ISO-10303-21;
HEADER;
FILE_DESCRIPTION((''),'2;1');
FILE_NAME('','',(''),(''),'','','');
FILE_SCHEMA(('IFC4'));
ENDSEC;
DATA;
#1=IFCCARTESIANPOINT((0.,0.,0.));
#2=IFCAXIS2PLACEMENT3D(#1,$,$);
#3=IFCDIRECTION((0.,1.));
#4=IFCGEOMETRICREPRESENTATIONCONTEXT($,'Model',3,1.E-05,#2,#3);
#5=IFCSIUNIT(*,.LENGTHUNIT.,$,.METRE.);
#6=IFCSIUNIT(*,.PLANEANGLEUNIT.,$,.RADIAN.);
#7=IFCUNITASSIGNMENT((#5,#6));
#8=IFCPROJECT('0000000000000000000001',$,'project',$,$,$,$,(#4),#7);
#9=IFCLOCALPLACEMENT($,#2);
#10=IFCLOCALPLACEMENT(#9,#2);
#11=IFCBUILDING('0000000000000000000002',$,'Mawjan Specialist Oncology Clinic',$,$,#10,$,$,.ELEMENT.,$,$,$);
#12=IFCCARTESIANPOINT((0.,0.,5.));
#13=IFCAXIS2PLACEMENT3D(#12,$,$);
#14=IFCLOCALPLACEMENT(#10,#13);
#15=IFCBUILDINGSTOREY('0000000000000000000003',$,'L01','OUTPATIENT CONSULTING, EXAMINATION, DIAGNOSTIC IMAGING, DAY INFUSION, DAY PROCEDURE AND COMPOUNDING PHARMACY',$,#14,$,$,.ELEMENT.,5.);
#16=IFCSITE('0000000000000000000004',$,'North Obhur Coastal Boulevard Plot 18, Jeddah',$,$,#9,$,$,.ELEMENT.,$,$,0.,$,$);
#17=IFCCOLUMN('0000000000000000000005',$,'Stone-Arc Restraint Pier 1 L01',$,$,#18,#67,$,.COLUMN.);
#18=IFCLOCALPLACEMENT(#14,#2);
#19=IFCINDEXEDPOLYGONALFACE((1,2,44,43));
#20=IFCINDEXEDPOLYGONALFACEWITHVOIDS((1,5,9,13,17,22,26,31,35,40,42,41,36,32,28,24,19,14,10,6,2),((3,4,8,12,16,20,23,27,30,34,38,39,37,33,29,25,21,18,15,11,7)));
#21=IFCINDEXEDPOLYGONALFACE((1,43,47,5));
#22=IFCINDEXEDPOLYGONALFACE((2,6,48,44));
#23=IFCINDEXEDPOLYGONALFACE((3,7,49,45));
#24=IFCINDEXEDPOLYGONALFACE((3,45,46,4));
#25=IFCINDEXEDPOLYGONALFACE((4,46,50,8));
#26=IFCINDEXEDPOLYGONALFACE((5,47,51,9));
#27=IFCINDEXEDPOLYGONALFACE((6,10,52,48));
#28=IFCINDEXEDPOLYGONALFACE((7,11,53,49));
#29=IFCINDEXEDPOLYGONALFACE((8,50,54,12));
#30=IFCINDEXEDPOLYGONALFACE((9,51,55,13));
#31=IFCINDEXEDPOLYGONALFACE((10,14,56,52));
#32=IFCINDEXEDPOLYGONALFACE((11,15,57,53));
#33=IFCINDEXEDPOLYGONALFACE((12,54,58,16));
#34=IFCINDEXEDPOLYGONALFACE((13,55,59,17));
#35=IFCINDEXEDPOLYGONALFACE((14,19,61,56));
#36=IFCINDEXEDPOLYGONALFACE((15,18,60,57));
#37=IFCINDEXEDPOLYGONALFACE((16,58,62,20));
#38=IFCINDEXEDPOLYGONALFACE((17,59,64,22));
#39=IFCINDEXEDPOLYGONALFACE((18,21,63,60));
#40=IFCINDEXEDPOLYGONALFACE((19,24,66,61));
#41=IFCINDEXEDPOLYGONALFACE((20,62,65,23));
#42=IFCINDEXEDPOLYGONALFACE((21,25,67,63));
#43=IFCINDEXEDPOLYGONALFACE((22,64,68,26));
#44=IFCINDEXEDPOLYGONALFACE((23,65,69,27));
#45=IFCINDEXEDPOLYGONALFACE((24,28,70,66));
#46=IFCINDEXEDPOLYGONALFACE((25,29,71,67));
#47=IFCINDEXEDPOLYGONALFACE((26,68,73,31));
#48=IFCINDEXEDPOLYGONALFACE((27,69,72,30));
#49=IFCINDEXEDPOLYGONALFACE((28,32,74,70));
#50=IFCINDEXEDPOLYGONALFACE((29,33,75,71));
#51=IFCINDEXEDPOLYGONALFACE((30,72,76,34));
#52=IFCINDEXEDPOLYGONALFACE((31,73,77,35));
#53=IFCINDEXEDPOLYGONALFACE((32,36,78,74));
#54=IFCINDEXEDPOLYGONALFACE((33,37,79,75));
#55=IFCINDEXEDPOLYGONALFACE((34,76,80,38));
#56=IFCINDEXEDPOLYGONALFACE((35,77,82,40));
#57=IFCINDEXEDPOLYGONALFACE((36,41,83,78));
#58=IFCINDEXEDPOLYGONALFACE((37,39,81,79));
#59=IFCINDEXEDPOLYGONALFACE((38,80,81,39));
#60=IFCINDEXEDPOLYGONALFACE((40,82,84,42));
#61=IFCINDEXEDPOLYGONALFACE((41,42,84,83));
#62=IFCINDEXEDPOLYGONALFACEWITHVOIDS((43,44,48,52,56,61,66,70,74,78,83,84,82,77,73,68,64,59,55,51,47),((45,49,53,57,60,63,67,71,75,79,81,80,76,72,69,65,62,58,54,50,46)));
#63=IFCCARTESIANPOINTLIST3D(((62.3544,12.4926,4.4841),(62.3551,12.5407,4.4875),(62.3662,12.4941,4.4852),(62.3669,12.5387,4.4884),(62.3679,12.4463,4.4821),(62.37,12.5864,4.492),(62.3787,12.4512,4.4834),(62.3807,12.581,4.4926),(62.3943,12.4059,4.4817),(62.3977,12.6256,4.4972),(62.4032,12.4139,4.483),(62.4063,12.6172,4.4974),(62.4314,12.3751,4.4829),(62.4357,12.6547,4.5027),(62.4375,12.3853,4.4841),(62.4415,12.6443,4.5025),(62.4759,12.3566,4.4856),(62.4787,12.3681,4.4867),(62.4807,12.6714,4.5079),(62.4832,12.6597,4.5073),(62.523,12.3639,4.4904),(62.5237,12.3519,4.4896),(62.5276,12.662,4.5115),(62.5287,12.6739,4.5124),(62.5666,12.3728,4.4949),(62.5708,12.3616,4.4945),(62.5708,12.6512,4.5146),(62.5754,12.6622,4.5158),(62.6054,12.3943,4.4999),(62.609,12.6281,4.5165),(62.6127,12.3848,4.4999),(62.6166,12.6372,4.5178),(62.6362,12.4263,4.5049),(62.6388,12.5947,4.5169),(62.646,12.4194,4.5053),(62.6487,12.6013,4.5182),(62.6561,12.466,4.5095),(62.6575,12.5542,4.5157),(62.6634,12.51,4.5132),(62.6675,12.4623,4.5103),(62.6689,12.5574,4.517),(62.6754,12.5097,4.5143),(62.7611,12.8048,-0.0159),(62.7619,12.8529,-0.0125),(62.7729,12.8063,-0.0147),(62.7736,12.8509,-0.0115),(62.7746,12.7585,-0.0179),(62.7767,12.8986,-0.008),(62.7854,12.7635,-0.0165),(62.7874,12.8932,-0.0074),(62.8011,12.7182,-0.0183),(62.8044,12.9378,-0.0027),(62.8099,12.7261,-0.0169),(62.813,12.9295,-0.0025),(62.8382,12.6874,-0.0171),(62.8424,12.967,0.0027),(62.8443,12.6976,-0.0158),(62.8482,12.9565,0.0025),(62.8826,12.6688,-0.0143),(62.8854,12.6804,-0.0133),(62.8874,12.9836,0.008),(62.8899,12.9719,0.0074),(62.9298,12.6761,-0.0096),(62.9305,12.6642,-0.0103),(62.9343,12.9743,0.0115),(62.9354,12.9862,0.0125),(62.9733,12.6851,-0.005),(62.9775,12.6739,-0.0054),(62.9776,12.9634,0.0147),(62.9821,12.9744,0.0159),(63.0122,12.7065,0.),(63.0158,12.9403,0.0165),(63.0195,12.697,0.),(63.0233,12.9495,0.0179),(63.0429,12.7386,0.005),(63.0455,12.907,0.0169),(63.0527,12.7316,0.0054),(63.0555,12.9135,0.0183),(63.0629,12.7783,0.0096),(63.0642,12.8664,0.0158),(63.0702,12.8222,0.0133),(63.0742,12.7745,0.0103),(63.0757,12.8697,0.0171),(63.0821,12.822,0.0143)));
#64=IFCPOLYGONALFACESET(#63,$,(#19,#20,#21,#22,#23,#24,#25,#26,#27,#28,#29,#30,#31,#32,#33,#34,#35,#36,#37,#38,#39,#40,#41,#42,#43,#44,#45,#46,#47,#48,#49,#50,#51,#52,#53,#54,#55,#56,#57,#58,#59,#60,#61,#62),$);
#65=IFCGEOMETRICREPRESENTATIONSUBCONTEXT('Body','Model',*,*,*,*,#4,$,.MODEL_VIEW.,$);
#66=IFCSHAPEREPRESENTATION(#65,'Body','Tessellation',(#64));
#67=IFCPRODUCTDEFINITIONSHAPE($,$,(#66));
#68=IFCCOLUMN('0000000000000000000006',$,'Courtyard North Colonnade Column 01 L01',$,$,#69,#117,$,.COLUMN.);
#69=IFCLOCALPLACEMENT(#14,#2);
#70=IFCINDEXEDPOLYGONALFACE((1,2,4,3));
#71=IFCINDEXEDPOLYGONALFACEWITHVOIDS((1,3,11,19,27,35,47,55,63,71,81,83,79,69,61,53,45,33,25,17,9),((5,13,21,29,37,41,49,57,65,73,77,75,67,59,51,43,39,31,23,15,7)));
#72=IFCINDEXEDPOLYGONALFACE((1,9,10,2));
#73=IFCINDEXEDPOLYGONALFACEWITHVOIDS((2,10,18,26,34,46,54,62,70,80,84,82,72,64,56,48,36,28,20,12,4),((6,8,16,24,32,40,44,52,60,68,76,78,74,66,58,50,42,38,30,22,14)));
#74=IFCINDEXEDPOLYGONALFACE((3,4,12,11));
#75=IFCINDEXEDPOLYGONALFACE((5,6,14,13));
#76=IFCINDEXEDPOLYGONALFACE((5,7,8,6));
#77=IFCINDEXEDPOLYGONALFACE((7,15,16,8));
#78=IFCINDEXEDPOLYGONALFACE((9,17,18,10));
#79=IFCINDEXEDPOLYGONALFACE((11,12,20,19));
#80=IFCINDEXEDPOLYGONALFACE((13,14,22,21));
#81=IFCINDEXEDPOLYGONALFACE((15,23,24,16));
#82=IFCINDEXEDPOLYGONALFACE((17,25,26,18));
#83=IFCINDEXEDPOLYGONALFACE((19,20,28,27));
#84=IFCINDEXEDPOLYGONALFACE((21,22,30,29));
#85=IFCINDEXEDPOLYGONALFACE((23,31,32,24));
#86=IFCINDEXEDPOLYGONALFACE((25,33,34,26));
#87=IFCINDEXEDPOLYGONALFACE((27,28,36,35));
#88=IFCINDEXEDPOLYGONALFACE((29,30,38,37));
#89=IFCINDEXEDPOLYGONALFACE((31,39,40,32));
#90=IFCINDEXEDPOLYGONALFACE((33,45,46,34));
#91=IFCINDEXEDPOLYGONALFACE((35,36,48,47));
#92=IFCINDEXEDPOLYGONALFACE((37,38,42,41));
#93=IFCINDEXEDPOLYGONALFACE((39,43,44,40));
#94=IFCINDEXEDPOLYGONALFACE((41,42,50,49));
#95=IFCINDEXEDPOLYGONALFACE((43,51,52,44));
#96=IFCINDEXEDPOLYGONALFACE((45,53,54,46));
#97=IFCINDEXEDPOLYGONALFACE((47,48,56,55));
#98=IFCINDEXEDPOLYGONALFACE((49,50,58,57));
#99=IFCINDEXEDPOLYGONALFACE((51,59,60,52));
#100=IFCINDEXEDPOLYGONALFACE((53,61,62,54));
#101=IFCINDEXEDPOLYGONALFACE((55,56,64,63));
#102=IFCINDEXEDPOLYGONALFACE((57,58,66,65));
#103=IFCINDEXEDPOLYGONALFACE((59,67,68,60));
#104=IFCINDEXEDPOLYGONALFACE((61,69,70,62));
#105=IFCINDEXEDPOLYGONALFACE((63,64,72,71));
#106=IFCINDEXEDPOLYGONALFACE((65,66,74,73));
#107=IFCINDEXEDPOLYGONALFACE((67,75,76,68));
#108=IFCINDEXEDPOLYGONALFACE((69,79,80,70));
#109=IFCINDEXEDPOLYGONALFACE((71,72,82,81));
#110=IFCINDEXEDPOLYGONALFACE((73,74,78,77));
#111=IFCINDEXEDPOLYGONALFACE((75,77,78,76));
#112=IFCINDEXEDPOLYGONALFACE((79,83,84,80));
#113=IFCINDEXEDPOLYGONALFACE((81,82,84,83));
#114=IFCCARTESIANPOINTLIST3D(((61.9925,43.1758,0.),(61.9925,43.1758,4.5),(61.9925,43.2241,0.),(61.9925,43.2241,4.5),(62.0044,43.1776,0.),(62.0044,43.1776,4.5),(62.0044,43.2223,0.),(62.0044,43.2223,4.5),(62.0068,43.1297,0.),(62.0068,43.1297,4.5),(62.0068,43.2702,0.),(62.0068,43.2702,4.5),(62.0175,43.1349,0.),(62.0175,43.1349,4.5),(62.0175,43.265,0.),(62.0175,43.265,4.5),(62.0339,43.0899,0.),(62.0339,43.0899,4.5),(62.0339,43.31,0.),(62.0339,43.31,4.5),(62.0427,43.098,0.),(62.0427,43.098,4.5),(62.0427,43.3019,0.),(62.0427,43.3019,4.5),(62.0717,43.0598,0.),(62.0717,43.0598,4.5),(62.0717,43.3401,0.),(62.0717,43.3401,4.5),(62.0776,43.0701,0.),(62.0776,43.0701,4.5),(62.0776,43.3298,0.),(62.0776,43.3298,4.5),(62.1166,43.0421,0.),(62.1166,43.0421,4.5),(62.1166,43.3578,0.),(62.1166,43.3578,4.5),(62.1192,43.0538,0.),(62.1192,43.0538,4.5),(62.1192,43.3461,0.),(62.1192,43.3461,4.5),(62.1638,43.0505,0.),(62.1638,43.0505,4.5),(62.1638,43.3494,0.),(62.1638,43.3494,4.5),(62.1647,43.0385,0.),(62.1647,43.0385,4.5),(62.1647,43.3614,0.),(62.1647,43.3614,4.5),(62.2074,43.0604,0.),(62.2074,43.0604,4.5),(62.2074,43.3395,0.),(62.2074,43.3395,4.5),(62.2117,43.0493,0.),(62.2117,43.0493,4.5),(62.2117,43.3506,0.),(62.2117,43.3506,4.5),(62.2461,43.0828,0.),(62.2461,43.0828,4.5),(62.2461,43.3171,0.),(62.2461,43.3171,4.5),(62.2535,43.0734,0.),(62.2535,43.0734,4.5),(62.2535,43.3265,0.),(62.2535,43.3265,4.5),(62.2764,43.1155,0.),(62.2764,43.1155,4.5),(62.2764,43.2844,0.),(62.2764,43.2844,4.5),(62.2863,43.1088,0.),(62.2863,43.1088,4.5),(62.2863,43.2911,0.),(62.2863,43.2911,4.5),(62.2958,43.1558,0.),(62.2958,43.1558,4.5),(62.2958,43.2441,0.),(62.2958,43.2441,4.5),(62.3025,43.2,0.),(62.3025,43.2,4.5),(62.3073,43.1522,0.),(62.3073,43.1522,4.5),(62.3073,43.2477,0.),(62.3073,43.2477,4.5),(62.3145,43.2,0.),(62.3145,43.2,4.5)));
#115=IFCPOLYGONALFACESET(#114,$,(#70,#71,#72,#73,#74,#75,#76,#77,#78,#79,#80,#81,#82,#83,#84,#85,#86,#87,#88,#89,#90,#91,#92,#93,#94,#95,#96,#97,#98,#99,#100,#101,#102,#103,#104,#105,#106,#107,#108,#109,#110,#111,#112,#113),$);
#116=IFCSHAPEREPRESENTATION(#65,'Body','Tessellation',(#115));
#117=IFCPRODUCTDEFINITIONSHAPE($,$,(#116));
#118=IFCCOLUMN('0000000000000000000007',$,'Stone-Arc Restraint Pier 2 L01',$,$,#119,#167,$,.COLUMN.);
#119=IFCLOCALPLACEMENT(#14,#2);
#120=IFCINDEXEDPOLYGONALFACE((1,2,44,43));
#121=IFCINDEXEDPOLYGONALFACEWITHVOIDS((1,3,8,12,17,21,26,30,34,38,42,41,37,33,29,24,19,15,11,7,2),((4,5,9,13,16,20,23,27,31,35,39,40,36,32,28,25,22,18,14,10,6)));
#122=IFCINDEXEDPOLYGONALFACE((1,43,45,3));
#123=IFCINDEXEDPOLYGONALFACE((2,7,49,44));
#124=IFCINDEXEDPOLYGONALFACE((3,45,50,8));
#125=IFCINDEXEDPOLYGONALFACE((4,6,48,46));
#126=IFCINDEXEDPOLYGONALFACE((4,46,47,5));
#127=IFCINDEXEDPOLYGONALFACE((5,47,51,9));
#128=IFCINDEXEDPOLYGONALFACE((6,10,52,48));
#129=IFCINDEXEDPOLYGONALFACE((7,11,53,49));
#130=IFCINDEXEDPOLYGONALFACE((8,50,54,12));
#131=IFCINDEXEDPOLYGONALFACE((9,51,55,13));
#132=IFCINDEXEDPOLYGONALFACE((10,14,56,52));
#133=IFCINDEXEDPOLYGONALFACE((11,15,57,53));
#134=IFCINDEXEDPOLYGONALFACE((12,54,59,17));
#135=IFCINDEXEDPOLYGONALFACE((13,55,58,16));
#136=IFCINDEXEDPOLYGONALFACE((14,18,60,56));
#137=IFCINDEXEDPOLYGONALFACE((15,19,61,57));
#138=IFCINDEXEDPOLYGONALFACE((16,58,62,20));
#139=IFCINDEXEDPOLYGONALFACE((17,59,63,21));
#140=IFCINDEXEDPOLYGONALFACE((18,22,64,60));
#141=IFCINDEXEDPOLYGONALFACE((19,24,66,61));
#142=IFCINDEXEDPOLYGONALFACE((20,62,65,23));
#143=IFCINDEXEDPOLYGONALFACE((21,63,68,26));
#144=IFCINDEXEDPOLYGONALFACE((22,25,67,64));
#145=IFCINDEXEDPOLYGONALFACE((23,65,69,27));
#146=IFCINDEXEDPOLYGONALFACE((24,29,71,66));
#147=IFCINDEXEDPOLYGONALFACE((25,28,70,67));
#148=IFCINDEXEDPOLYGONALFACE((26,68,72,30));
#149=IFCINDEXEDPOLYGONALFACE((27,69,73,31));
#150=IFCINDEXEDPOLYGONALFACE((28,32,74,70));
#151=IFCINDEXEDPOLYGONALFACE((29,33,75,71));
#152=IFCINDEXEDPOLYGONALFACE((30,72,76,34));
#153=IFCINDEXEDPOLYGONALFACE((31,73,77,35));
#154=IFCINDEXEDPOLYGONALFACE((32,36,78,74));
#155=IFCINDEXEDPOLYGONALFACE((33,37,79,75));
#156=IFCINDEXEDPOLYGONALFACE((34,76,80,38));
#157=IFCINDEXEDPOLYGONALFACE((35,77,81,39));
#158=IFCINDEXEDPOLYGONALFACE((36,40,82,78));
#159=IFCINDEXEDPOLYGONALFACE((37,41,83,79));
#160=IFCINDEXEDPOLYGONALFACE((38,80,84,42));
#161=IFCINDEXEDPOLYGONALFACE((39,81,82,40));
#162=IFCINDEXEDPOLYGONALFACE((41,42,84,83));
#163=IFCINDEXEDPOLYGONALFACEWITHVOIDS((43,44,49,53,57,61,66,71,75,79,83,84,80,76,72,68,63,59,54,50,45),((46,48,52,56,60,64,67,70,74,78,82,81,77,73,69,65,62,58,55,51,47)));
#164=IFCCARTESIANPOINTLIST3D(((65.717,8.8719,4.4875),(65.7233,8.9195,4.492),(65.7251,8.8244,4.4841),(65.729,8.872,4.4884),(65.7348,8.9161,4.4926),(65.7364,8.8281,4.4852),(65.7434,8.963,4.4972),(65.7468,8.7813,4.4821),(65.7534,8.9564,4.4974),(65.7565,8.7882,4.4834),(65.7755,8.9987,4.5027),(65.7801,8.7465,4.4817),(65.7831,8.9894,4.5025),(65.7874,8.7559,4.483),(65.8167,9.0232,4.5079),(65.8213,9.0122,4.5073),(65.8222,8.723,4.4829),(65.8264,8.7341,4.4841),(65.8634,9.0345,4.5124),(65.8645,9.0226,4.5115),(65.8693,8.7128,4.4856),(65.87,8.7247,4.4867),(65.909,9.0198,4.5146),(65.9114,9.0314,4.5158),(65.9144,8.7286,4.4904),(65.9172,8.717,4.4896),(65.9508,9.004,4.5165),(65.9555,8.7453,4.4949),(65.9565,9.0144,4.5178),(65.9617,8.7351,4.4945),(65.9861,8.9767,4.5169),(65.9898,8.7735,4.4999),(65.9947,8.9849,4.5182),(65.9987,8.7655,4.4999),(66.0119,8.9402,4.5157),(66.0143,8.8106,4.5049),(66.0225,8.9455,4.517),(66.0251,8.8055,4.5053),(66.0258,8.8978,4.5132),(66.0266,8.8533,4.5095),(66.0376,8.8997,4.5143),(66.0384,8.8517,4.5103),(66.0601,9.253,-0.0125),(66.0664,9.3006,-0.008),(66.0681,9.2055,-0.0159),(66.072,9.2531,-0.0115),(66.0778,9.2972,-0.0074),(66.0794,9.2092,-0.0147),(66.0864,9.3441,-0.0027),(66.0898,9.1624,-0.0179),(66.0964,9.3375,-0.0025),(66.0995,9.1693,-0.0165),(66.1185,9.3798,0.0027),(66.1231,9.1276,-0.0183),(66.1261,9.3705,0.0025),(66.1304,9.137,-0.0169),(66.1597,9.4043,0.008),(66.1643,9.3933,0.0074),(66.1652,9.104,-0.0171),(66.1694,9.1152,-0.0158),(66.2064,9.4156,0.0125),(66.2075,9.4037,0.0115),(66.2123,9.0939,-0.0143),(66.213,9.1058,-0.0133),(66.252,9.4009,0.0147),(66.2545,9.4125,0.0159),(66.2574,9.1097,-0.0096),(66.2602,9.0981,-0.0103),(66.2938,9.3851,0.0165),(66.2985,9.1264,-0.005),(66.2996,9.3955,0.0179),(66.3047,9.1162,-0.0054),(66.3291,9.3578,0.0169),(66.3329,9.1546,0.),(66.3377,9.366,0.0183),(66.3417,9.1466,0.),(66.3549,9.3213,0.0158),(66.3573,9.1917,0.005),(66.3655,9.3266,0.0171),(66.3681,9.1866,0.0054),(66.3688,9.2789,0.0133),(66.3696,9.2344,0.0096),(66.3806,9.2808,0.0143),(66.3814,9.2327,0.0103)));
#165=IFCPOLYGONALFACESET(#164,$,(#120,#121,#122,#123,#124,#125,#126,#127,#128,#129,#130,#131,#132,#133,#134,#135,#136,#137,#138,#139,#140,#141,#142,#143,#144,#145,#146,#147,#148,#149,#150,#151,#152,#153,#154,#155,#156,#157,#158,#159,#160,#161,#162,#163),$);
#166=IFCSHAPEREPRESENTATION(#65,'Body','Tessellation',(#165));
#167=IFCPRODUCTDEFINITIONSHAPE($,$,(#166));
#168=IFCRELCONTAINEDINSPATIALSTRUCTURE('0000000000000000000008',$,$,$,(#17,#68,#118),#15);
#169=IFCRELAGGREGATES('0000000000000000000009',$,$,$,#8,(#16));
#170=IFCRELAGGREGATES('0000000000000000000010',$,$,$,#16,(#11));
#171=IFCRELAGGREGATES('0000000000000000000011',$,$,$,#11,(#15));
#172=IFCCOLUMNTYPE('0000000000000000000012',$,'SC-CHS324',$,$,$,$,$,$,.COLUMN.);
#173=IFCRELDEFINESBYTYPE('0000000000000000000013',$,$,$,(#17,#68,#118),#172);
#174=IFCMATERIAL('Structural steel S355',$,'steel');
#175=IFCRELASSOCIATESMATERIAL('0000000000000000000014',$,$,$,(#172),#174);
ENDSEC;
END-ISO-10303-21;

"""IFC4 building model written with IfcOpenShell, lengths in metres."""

from ifc_helpers import new_model, si_unit, direction, frame, origin, origin_2d, place, context, subcontext, project, spatial, hollow_circle, extrude, material, material_profile, profile_set, type_object, element, save


model = new_model("IFC4")

# Units and contexts
model_context = context("Model", 3, precision=1e-05, world=origin(), true_north=direction((0.0, 1.0)))
body_context = subcontext(model_context, "Body", "Model", "MODEL_VIEW")
ifc_project = project(units=[si_unit("LENGTHUNIT", "METRE"), si_unit("PLANEANGLEUNIT", "RADIAN")], contexts=[model_context])

# Site, building, storey
site_placement = place(None, origin())
site = spatial("IfcSite", under=ifc_project, at=site_placement, Name="North Obhur Coastal Boulevard Plot 18, Jeddah", CompositionType="ELEMENT", RefElevation=0.0)
building_placement = place(site_placement, origin())
building = spatial("IfcBuilding", under=site, at=building_placement, Name="Mawjan Specialist Oncology Clinic", CompositionType="ELEMENT")
storey_placement = place(building_placement, frame((0.0, 0.0, 5.0)))
storey = spatial("IfcBuildingStorey", under=building, at=storey_placement, Name="L01", Description="OUTPATIENT CONSULTING, EXAMINATION, DIAGNOSTIC IMAGING, DAY INFUSION, DAY PROCEDURE AND COMPOUNDING PHARMACY", CompositionType="ELEMENT", Elevation=5.0)

# Columns
ifc_material_1 = material(Name="Structural steel S355", Category="steel")
ifc_material_profile_1 = material_profile(ifc_material_1, hollow_circle(Radius=0.1619, WallThickness=0.012, at=origin_2d()), Name="CHS 323.9x12", Category="steel")
ifc_profile_set_1 = profile_set([ifc_material_profile_1], Name="Structural steel S355")
column_type_1 = type_object("IfcColumnType", Name="SC-CHS324", PredefinedType="COLUMN", material=ifc_profile_set_1)
column_1_placement = place(storey_placement, frame((62.9209, 12.8254, 0.0), z_axis=(-0.089805, -0.068944, 0.99357), x_axis=(0.608951, -0.793208, 0.0)))
element("IfcColumn", 1, at=column_1_placement, inside=storey, type_object=column_type_1, Name="Stone-Arc Restraint Pier 1 L01", PredefinedType="COLUMN", context=body_context, shape_type="SweptSolid", body=[
    extrude(hollow_circle(Radius=0.1619, WallThickness=0.012, at=origin_2d()), origin(), (0.0, 0.0, 1.0), 4.5291),
])
column_2_placement = place(storey_placement, frame((62.1526, 43.2, 0.0), z_axis=(0.0, 0.0, 1.0), x_axis=(1.0, 0.0, 0.0)))
element("IfcColumn", 2, at=column_2_placement, inside=storey, type_object=column_type_1, Name="Courtyard North Colonnade Column 01 L01", PredefinedType="COLUMN", context=body_context, shape_type="SweptSolid", body=[
    extrude(hollow_circle(Radius=0.1619, WallThickness=0.012, at=origin_2d()), origin(), (0.0, 0.0, 1.0), 4.5),
])
column_3_placement = place(storey_placement, frame((66.2214, 9.2549, 0.0), z_axis=(-0.075736, -0.084145, 0.993571), x_axis=(0.74327, -0.668991, 0.0)))
element("IfcColumn", 3, at=column_3_placement, inside=storey, type_object=column_type_1, Name="Stone-Arc Restraint Pier 2 L01", PredefinedType="COLUMN", context=body_context, shape_type="SweptSolid", body=[
    extrude(hollow_circle(Radius=0.1619, WallThickness=0.012, at=origin_2d()), origin(), (0.0, 0.0, 1.0), 4.5291),
])

save(model, "model.ifc")
